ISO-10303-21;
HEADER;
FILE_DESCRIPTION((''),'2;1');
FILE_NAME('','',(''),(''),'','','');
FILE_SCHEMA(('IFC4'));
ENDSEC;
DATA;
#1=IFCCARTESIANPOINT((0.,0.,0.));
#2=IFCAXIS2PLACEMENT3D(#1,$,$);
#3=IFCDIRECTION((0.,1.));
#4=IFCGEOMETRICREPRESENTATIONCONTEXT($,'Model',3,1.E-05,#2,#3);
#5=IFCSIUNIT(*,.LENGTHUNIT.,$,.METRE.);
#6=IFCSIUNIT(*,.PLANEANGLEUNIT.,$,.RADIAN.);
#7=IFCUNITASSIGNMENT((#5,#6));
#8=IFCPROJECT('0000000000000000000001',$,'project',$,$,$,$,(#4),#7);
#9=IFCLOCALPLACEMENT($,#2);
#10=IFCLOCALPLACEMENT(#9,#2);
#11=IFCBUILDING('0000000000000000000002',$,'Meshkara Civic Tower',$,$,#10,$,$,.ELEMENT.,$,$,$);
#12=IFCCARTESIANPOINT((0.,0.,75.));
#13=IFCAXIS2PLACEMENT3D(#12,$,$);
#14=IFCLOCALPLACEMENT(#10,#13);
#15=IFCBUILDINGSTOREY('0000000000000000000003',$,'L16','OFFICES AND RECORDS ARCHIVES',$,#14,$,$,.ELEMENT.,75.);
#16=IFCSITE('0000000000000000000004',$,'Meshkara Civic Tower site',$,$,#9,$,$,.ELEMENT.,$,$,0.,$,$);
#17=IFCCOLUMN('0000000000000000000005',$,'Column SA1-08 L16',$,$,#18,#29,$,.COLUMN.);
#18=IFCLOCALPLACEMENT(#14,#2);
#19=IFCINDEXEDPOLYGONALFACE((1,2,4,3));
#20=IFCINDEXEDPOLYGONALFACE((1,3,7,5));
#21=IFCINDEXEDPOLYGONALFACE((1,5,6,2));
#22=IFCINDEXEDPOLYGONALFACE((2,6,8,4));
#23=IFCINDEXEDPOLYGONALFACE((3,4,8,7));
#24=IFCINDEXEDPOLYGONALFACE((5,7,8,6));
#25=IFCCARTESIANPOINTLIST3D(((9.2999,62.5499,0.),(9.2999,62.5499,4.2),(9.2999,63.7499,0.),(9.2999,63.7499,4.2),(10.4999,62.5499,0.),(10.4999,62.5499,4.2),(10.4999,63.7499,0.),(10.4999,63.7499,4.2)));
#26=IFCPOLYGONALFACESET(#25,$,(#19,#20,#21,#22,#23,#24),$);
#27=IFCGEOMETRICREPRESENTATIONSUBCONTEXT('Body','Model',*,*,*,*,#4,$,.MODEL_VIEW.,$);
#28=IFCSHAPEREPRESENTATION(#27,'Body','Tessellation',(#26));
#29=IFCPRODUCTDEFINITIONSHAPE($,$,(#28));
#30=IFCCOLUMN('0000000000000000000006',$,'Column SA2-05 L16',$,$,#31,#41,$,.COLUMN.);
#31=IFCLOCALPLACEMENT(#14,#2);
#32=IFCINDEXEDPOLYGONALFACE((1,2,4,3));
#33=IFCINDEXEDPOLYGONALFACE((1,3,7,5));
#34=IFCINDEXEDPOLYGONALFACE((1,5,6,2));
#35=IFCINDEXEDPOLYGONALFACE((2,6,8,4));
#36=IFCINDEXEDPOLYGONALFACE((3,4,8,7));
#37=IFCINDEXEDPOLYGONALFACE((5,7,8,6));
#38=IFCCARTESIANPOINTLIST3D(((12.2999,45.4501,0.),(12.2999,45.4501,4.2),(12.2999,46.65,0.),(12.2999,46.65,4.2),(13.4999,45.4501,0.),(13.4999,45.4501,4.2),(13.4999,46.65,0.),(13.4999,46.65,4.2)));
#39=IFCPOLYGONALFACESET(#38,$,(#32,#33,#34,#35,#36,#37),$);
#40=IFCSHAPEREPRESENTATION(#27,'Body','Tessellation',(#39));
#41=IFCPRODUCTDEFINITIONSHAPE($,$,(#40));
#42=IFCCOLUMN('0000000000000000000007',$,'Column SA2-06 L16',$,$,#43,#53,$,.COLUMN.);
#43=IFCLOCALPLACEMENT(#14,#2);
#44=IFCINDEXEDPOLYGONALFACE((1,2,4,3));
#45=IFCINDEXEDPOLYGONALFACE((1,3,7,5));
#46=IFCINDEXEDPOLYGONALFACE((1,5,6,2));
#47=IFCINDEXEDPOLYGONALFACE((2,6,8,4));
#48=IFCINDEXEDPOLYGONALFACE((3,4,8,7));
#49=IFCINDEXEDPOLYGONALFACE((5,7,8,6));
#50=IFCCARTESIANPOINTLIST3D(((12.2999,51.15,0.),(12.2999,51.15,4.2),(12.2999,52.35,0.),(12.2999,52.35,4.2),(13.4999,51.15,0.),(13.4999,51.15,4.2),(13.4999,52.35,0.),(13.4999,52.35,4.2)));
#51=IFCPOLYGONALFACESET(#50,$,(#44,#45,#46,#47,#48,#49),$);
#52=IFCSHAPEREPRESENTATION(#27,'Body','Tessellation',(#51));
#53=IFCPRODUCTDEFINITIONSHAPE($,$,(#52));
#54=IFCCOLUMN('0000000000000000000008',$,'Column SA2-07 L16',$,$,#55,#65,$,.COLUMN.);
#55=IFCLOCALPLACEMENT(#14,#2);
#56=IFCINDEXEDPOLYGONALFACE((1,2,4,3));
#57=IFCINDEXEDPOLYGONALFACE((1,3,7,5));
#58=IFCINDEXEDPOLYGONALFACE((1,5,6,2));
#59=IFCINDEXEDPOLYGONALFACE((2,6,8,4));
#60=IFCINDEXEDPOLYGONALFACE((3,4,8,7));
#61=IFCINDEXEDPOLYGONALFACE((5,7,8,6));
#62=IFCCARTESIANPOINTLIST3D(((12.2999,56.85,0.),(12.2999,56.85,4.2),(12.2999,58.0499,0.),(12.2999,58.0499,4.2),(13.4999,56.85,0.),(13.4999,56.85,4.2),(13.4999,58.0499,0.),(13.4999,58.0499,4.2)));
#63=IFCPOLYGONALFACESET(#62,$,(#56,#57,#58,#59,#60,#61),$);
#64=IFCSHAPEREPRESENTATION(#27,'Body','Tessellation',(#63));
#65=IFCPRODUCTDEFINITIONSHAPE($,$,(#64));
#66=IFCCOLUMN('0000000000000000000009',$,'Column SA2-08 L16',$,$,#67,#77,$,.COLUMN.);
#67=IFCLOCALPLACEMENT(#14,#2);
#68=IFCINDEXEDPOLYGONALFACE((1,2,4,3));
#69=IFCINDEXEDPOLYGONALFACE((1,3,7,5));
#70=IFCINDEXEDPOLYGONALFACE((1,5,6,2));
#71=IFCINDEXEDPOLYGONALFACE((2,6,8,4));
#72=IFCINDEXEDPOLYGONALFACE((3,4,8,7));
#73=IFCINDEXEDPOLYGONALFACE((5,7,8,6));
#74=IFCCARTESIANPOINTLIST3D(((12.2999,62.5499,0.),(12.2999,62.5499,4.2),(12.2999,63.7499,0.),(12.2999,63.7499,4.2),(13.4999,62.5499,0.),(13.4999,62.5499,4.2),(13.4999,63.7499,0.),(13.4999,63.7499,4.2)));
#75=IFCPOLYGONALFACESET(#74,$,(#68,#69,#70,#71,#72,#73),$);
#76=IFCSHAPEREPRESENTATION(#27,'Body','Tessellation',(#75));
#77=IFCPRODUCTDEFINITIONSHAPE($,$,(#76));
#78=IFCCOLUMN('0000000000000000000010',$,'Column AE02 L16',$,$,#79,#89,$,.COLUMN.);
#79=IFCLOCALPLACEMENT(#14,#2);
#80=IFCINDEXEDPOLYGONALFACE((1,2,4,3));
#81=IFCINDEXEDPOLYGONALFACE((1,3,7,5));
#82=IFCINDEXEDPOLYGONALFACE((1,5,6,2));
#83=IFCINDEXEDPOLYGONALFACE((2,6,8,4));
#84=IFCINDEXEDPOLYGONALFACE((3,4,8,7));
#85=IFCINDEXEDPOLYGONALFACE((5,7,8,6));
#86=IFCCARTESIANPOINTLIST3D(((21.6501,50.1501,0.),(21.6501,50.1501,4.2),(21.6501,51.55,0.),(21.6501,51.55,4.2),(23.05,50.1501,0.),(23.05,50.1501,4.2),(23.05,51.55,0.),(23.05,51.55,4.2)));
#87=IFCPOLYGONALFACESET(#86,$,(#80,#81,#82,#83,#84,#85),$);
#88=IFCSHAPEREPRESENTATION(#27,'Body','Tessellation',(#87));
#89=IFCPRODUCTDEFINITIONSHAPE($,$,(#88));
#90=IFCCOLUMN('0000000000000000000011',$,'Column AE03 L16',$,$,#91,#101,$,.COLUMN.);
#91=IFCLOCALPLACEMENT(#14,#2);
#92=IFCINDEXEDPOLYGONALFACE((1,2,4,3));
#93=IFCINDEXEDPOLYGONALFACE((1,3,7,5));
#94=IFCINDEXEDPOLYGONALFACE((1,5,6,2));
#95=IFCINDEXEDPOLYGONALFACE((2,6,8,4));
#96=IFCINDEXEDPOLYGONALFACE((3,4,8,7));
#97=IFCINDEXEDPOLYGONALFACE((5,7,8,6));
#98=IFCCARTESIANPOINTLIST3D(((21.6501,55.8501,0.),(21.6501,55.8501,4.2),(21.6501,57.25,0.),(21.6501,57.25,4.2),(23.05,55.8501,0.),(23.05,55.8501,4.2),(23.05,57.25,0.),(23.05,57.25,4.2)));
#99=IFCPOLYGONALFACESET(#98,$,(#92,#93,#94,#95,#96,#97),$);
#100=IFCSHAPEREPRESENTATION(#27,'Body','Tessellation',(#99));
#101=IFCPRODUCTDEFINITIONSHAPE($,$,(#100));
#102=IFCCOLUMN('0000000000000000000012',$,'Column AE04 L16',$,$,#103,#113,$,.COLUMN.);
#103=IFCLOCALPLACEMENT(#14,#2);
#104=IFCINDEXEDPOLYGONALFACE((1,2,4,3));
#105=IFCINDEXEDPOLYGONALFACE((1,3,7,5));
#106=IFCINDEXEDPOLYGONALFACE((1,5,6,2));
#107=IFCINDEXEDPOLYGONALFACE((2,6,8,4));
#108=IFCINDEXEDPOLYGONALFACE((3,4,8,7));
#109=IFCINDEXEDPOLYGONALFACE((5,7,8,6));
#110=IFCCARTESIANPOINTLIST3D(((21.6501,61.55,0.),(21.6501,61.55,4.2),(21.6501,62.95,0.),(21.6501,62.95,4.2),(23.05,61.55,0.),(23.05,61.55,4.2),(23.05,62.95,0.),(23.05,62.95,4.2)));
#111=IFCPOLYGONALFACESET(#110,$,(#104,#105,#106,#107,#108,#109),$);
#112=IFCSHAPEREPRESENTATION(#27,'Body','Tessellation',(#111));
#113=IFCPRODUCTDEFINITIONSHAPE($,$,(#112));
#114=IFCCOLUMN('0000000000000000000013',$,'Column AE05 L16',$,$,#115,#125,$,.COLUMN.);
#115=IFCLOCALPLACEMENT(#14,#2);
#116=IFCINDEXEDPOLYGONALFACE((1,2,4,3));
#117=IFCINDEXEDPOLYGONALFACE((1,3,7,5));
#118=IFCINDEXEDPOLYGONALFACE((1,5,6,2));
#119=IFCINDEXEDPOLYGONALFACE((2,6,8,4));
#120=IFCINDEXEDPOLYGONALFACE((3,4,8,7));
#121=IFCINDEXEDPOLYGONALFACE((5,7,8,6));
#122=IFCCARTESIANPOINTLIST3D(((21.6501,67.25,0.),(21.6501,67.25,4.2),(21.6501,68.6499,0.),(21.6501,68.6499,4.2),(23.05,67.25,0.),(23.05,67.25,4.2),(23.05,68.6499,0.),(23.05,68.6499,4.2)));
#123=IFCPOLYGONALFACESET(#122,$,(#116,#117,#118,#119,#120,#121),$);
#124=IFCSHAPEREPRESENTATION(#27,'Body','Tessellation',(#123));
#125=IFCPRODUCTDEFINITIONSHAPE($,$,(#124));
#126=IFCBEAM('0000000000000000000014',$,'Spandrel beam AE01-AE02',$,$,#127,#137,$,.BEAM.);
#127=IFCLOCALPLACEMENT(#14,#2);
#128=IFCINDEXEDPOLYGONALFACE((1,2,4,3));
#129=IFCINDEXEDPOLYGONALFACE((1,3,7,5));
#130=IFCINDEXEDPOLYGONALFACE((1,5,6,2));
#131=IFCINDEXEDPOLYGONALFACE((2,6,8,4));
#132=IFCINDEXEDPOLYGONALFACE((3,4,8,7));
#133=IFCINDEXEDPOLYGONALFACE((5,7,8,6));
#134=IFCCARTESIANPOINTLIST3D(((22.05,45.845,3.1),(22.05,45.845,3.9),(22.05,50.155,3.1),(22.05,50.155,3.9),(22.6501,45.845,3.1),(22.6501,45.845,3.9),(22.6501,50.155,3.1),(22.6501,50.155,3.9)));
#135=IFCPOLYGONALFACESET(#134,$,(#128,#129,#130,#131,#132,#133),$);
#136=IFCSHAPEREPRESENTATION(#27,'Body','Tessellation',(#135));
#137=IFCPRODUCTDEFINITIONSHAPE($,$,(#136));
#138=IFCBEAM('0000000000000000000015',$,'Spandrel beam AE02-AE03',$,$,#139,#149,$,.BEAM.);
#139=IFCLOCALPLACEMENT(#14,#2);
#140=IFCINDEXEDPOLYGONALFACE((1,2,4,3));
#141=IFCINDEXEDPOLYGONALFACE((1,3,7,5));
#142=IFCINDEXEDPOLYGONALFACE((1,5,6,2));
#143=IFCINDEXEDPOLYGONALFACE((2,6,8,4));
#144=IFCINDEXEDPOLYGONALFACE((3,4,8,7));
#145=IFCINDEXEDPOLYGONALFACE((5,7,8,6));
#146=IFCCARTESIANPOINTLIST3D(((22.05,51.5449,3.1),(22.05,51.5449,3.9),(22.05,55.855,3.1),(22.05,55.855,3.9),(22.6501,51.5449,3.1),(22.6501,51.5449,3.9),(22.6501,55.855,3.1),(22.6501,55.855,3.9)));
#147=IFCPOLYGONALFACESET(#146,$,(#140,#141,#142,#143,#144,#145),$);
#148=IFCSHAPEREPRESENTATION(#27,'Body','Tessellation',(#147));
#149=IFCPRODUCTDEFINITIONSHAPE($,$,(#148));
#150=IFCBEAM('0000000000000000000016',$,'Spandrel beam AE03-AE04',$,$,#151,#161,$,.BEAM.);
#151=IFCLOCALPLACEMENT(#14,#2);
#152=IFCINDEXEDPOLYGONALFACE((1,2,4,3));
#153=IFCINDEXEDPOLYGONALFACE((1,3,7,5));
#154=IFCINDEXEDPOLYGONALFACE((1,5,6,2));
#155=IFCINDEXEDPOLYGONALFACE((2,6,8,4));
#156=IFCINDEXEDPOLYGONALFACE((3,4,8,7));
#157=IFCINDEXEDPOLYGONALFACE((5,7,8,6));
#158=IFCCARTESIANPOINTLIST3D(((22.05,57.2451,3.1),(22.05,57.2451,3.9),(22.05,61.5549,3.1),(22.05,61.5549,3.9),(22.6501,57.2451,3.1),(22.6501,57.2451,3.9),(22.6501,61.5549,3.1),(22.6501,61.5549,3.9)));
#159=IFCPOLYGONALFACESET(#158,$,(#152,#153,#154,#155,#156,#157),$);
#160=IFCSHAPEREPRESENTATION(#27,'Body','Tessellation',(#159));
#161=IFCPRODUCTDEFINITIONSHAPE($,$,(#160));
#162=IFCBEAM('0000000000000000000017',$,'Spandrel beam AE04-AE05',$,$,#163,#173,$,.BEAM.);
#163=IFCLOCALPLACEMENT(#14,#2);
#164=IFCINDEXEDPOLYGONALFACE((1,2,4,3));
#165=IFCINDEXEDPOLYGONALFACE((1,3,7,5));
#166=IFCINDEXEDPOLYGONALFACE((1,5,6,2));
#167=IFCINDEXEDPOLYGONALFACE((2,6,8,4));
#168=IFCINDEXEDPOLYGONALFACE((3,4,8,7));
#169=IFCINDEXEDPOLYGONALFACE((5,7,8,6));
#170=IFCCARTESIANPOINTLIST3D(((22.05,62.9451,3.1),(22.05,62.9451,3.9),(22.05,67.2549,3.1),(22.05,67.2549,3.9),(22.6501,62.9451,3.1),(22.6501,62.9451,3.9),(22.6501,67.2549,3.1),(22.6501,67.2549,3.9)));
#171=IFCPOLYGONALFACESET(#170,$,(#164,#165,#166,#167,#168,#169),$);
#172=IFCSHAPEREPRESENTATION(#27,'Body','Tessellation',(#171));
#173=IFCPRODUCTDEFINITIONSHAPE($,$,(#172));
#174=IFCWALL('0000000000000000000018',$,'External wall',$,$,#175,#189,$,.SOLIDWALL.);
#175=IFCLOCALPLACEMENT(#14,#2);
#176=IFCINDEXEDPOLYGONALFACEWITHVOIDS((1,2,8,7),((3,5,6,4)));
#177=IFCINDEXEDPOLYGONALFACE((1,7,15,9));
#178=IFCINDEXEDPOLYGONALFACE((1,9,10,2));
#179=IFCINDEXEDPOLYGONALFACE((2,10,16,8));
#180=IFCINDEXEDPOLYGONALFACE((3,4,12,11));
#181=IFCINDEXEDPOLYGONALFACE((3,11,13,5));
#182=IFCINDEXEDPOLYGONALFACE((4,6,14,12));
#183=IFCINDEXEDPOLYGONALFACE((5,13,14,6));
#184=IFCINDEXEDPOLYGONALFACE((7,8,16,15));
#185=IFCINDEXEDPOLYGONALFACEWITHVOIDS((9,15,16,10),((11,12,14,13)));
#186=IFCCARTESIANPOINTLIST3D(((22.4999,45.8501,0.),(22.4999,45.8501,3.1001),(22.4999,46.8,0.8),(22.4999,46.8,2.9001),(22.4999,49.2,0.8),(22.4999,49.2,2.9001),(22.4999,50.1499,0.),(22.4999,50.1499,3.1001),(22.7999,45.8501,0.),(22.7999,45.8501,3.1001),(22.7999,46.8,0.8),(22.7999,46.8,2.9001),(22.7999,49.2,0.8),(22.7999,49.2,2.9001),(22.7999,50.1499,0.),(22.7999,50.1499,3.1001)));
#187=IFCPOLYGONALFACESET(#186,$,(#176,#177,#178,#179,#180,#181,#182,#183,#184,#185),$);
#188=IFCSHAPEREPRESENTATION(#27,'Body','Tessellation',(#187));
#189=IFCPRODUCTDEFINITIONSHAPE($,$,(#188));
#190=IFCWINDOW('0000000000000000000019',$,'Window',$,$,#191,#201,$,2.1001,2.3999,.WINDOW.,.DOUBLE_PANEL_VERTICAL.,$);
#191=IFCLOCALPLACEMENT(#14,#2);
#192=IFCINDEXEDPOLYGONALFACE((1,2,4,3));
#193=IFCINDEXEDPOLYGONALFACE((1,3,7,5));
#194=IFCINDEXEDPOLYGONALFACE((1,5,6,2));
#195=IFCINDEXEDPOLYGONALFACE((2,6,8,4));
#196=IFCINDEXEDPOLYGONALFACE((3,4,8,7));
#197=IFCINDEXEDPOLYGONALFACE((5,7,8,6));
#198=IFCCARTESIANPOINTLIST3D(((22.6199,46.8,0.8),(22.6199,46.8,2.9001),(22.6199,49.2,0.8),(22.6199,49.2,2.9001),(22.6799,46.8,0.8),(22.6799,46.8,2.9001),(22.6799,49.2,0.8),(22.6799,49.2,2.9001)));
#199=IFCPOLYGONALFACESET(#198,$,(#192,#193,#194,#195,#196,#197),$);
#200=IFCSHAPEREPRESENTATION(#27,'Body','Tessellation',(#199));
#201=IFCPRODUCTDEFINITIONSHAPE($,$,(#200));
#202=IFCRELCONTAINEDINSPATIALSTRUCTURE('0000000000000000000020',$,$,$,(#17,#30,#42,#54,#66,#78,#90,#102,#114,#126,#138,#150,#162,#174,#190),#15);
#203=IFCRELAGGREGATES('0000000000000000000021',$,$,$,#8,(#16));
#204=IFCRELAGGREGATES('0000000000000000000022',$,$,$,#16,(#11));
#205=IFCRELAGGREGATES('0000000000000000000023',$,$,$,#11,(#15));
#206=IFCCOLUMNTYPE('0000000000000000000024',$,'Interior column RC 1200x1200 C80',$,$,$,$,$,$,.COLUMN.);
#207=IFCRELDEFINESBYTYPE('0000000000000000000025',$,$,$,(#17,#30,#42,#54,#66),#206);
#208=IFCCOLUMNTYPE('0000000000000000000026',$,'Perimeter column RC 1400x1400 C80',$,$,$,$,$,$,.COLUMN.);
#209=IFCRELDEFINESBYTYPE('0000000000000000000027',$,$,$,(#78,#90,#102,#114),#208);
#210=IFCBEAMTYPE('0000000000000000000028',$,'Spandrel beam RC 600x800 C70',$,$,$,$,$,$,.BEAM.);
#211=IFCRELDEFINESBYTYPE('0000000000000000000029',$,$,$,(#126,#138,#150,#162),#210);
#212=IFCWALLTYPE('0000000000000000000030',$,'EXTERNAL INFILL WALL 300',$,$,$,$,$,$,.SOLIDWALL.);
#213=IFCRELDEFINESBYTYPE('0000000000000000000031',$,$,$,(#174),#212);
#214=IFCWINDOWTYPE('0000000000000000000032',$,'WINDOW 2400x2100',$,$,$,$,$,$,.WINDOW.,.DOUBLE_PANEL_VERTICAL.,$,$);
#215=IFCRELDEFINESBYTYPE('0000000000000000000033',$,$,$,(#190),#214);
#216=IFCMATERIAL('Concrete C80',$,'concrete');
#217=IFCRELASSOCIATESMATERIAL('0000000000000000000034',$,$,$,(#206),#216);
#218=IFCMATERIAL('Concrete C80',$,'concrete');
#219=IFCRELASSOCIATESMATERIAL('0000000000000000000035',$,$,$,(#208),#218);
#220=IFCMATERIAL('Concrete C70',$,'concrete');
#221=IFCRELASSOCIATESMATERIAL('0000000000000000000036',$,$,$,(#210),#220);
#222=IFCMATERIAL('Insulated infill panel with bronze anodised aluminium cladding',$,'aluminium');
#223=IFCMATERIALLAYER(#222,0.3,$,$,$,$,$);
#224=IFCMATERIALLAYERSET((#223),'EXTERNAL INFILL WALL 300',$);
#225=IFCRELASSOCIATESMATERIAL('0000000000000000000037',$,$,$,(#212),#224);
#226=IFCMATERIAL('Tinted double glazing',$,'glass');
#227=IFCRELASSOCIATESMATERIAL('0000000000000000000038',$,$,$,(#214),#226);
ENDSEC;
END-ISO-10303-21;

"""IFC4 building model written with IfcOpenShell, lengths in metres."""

from ifc_helpers import new_model, si_unit, direction, frame, frame_2d, origin, origin_2d, place, context, subcontext, project, spatial, rectangle, extrude, material, layer, layer_set, material_profile, profile_set, type_object, element, fill, save


model = new_model("IFC4")

# Units and contexts
model_context = context("Model", 3, precision=1e-05, world=origin(), true_north=direction((0.0, 1.0)))
body_context = subcontext(model_context, "Body", "Model", "MODEL_VIEW")
ifc_project = project(units=[si_unit("LENGTHUNIT", "METRE"), si_unit("PLANEANGLEUNIT", "RADIAN")], contexts=[model_context])

# Site, building, storey
site_placement = place(None, origin())
site = spatial("IfcSite", under=ifc_project, at=site_placement, Name="Meshkara Civic Tower site", CompositionType="ELEMENT", RefElevation=0.0)
building_placement = place(site_placement, origin())
building = spatial("IfcBuilding", under=site, at=building_placement, Name="Meshkara Civic Tower", CompositionType="ELEMENT")
storey_placement = place(building_placement, frame((0.0, 0.0, 75.0)))
storey = spatial("IfcBuildingStorey", under=building, at=storey_placement, Name="L16", Description="OFFICES AND RECORDS ARCHIVES", CompositionType="ELEMENT", Elevation=75.0)

# Columns
ifc_material_1 = material(Name="Concrete C80", Category="concrete")
ifc_material_profile_1 = material_profile(ifc_material_1, rectangle(XDim=1.2, YDim=1.2, at=origin_2d()))
ifc_profile_set_1 = profile_set([ifc_material_profile_1], Name="Concrete C80")
column_type_1 = type_object("IfcColumnType", Name="Interior column RC 1200x1200 C80", PredefinedType="COLUMN", material=ifc_profile_set_1)
for number, where, z_axis, x_axis, name in (
    (1, (9.8999, 63.1499, 0.0), (0.0, 0.0, 1.0), (1.0, 0.0, 0.0), "Column SA1-08 L16"),
    (2, (12.8999, 46.05, 0.0), (0.0, 0.0, 1.0), (1.0, 0.0, 0.0), "Column SA2-05 L16"),
    (3, (12.8999, 51.75, 0.0), (0.0, 0.0, 1.0), (1.0, 0.0, 0.0), "Column SA2-06 L16"),
    (4, (12.8999, 57.45, 0.0), (0.0, 0.0, 1.0), (1.0, 0.0, 0.0), "Column SA2-07 L16"),
    (5, (12.8999, 63.1499, 0.0), (0.0, 0.0, 1.0), (1.0, 0.0, 0.0), "Column SA2-08 L16"),
):
    element("IfcColumn", number, at=place(storey_placement, frame(where, z_axis=z_axis, x_axis=x_axis)), inside=storey, type_object=column_type_1, Name=name, PredefinedType="COLUMN", context=body_context, shape_type="SweptSolid", body=[
        extrude(rectangle(XDim=1.2, YDim=1.2, at=origin_2d()), origin(), (0.0, 0.0, 1.0), 4.2),
    ])
ifc_material_2 = material(Name="Concrete C80", Category="concrete")
ifc_material_profile_2 = material_profile(ifc_material_2, rectangle(XDim=1.3999, YDim=1.3999, at=origin_2d()))
ifc_profile_set_2 = profile_set([ifc_material_profile_2], Name="Concrete C80")
column_type_2 = type_object("IfcColumnType", Name="Perimeter column RC 1400x1400 C80", PredefinedType="COLUMN", material=ifc_profile_set_2)
for number, where, z_axis, x_axis, name in (
    (6, (22.3501, 50.8501, 0.0), (0.0, 0.0, 1.0), (1.0, 0.0, 0.0), "Column AE02 L16"),
    (7, (22.3501, 56.55, 0.0), (0.0, 0.0, 1.0), (1.0, 0.0, 0.0), "Column AE03 L16"),
    (8, (22.3501, 62.25, 0.0), (0.0, 0.0, 1.0), (1.0, 0.0, 0.0), "Column AE04 L16"),
    (9, (22.3501, 67.95, 0.0), (0.0, 0.0, 1.0), (1.0, 0.0, 0.0), "Column AE05 L16"),
):
    element("IfcColumn", number, at=place(storey_placement, frame(where, z_axis=z_axis, x_axis=x_axis)), inside=storey, type_object=column_type_2, Name=name, PredefinedType="COLUMN", context=body_context, shape_type="SweptSolid", body=[
        extrude(rectangle(XDim=1.3999, YDim=1.3999, at=origin_2d()), origin(), (0.0, 0.0, 1.0), 4.2),
    ])

# Beams
ifc_material_3 = material(Name="Concrete C70", Category="concrete")
ifc_material_profile_3 = material_profile(ifc_material_3, rectangle(XDim=0.6001, YDim=0.8, at=origin_2d()))
ifc_profile_set_3 = profile_set([ifc_material_profile_3], Name="Concrete C70")
beam_type = type_object("IfcBeamType", Name="Spandrel beam RC 600x800 C70", PredefinedType="BEAM", material=ifc_profile_set_3)
for number, where, z_axis, x_axis, name in (
    (10, (22.3501, 45.845, 3.5), (0.0, 1.0, 0.0), (-1.0, 0.0, 0.0), "Spandrel beam AE01-AE02"),
    (11, (22.3501, 51.5449, 3.5), (0.0, 1.0, 0.0), (-1.0, 0.0, 0.0), "Spandrel beam AE02-AE03"),
):
    element("IfcBeam", number, at=place(storey_placement, frame(where, z_axis=z_axis, x_axis=x_axis)), inside=storey, type_object=beam_type, Name=name, PredefinedType="BEAM", context=body_context, shape_type="SweptSolid", body=[
        extrude(rectangle(XDim=0.6001, YDim=0.8, at=origin_2d()), origin(), (0.0, 0.0, 1.0), 4.3101),
    ])
for number, where, z_axis, x_axis, name in (
    (12, (22.3501, 57.2451, 3.5), (0.0, 1.0, 0.0), (-1.0, 0.0, 0.0), "Spandrel beam AE03-AE04"),
    (13, (22.3501, 62.9451, 3.5), (0.0, 1.0, 0.0), (-1.0, 0.0, 0.0), "Spandrel beam AE04-AE05"),
):
    element("IfcBeam", number, at=place(storey_placement, frame(where, z_axis=z_axis, x_axis=x_axis)), inside=storey, type_object=beam_type, Name=name, PredefinedType="BEAM", context=body_context, shape_type="SweptSolid", body=[
        extrude(rectangle(XDim=0.6001, YDim=0.8, at=origin_2d()), origin(), (0.0, 0.0, 1.0), 4.3098),
    ])

# Wall, opening, window
ifc_material_4 = material(Name="Insulated infill panel with bronze anodised aluminium cladding", Category="aluminium")
ifc_layer_1 = layer(ifc_material_4, 0.3)
ifc_layer_set_1 = layer_set([ifc_layer_1], Name="EXTERNAL INFILL WALL 300")
wall_type_1 = type_object("IfcWallType", Name="EXTERNAL INFILL WALL 300", PredefinedType="SOLIDWALL", material=ifc_layer_set_1)
wall_1_placement = place(storey_placement, frame((22.6499, 45.8501, 0.0), z_axis=(0.0, 0.0, 1.0), x_axis=(0.0, 1.0, 0.0)))
wall_1 = element("IfcWall", 14, at=wall_1_placement, inside=storey, type_object=wall_type_1, Name="External wall", PredefinedType="SOLIDWALL", context=body_context, shape_type="SweptSolid", body=[
    extrude(rectangle(XDim=4.2998, YDim=0.3, at=frame_2d((2.1499, 0.0))), origin(), (0.0, 0.0, 1.0), 3.1001),
])
opening_1_placement = place(wall_1_placement, frame((0.95, 0.0, 0.8)))
opening_1 = element("IfcOpeningElement", 15, at=opening_1_placement, cuts=wall_1, PredefinedType="OPENING", context=body_context, shape_type="SweptSolid", body=[
    extrude(rectangle(XDim=2.3999, YDim=2.1001, at=frame_2d((1.2, 1.05))), frame((0.0, 0.1599, 0.0), z_axis=(0.0, -1.0, 0.0), x_axis=(1.0, 0.0, 0.0)), (0.0, 0.0, 1.0), 0.3201),
])
ifc_material_5 = material(Name="Tinted double glazing", Category="glass")
window_type = type_object("IfcWindowType", Name="WINDOW 2400x2100", PartitioningType="DOUBLE_PANEL_VERTICAL", PredefinedType="WINDOW", material=ifc_material_5)
window_1_placement = place(opening_1_placement, origin())
window_1 = element("IfcWindow", 16, at=window_1_placement, inside=storey, type_object=window_type, Name="Window", OverallHeight=2.1001, OverallWidth=2.3999, PartitioningType="DOUBLE_PANEL_VERTICAL", PredefinedType="WINDOW", context=body_context, shape_type="SweptSolid", body=[
    extrude(rectangle(XDim=2.3999, YDim=2.1001, at=frame_2d((1.2, 1.05))), frame((0.0, 0.03, 0.0), z_axis=(0.0, -1.0, 0.0), x_axis=(1.0, 0.0, 0.0)), (0.0, 0.0, 1.0), 0.0601),
])
fill(opening_1, window_1)

save(model, "model.ifc")
